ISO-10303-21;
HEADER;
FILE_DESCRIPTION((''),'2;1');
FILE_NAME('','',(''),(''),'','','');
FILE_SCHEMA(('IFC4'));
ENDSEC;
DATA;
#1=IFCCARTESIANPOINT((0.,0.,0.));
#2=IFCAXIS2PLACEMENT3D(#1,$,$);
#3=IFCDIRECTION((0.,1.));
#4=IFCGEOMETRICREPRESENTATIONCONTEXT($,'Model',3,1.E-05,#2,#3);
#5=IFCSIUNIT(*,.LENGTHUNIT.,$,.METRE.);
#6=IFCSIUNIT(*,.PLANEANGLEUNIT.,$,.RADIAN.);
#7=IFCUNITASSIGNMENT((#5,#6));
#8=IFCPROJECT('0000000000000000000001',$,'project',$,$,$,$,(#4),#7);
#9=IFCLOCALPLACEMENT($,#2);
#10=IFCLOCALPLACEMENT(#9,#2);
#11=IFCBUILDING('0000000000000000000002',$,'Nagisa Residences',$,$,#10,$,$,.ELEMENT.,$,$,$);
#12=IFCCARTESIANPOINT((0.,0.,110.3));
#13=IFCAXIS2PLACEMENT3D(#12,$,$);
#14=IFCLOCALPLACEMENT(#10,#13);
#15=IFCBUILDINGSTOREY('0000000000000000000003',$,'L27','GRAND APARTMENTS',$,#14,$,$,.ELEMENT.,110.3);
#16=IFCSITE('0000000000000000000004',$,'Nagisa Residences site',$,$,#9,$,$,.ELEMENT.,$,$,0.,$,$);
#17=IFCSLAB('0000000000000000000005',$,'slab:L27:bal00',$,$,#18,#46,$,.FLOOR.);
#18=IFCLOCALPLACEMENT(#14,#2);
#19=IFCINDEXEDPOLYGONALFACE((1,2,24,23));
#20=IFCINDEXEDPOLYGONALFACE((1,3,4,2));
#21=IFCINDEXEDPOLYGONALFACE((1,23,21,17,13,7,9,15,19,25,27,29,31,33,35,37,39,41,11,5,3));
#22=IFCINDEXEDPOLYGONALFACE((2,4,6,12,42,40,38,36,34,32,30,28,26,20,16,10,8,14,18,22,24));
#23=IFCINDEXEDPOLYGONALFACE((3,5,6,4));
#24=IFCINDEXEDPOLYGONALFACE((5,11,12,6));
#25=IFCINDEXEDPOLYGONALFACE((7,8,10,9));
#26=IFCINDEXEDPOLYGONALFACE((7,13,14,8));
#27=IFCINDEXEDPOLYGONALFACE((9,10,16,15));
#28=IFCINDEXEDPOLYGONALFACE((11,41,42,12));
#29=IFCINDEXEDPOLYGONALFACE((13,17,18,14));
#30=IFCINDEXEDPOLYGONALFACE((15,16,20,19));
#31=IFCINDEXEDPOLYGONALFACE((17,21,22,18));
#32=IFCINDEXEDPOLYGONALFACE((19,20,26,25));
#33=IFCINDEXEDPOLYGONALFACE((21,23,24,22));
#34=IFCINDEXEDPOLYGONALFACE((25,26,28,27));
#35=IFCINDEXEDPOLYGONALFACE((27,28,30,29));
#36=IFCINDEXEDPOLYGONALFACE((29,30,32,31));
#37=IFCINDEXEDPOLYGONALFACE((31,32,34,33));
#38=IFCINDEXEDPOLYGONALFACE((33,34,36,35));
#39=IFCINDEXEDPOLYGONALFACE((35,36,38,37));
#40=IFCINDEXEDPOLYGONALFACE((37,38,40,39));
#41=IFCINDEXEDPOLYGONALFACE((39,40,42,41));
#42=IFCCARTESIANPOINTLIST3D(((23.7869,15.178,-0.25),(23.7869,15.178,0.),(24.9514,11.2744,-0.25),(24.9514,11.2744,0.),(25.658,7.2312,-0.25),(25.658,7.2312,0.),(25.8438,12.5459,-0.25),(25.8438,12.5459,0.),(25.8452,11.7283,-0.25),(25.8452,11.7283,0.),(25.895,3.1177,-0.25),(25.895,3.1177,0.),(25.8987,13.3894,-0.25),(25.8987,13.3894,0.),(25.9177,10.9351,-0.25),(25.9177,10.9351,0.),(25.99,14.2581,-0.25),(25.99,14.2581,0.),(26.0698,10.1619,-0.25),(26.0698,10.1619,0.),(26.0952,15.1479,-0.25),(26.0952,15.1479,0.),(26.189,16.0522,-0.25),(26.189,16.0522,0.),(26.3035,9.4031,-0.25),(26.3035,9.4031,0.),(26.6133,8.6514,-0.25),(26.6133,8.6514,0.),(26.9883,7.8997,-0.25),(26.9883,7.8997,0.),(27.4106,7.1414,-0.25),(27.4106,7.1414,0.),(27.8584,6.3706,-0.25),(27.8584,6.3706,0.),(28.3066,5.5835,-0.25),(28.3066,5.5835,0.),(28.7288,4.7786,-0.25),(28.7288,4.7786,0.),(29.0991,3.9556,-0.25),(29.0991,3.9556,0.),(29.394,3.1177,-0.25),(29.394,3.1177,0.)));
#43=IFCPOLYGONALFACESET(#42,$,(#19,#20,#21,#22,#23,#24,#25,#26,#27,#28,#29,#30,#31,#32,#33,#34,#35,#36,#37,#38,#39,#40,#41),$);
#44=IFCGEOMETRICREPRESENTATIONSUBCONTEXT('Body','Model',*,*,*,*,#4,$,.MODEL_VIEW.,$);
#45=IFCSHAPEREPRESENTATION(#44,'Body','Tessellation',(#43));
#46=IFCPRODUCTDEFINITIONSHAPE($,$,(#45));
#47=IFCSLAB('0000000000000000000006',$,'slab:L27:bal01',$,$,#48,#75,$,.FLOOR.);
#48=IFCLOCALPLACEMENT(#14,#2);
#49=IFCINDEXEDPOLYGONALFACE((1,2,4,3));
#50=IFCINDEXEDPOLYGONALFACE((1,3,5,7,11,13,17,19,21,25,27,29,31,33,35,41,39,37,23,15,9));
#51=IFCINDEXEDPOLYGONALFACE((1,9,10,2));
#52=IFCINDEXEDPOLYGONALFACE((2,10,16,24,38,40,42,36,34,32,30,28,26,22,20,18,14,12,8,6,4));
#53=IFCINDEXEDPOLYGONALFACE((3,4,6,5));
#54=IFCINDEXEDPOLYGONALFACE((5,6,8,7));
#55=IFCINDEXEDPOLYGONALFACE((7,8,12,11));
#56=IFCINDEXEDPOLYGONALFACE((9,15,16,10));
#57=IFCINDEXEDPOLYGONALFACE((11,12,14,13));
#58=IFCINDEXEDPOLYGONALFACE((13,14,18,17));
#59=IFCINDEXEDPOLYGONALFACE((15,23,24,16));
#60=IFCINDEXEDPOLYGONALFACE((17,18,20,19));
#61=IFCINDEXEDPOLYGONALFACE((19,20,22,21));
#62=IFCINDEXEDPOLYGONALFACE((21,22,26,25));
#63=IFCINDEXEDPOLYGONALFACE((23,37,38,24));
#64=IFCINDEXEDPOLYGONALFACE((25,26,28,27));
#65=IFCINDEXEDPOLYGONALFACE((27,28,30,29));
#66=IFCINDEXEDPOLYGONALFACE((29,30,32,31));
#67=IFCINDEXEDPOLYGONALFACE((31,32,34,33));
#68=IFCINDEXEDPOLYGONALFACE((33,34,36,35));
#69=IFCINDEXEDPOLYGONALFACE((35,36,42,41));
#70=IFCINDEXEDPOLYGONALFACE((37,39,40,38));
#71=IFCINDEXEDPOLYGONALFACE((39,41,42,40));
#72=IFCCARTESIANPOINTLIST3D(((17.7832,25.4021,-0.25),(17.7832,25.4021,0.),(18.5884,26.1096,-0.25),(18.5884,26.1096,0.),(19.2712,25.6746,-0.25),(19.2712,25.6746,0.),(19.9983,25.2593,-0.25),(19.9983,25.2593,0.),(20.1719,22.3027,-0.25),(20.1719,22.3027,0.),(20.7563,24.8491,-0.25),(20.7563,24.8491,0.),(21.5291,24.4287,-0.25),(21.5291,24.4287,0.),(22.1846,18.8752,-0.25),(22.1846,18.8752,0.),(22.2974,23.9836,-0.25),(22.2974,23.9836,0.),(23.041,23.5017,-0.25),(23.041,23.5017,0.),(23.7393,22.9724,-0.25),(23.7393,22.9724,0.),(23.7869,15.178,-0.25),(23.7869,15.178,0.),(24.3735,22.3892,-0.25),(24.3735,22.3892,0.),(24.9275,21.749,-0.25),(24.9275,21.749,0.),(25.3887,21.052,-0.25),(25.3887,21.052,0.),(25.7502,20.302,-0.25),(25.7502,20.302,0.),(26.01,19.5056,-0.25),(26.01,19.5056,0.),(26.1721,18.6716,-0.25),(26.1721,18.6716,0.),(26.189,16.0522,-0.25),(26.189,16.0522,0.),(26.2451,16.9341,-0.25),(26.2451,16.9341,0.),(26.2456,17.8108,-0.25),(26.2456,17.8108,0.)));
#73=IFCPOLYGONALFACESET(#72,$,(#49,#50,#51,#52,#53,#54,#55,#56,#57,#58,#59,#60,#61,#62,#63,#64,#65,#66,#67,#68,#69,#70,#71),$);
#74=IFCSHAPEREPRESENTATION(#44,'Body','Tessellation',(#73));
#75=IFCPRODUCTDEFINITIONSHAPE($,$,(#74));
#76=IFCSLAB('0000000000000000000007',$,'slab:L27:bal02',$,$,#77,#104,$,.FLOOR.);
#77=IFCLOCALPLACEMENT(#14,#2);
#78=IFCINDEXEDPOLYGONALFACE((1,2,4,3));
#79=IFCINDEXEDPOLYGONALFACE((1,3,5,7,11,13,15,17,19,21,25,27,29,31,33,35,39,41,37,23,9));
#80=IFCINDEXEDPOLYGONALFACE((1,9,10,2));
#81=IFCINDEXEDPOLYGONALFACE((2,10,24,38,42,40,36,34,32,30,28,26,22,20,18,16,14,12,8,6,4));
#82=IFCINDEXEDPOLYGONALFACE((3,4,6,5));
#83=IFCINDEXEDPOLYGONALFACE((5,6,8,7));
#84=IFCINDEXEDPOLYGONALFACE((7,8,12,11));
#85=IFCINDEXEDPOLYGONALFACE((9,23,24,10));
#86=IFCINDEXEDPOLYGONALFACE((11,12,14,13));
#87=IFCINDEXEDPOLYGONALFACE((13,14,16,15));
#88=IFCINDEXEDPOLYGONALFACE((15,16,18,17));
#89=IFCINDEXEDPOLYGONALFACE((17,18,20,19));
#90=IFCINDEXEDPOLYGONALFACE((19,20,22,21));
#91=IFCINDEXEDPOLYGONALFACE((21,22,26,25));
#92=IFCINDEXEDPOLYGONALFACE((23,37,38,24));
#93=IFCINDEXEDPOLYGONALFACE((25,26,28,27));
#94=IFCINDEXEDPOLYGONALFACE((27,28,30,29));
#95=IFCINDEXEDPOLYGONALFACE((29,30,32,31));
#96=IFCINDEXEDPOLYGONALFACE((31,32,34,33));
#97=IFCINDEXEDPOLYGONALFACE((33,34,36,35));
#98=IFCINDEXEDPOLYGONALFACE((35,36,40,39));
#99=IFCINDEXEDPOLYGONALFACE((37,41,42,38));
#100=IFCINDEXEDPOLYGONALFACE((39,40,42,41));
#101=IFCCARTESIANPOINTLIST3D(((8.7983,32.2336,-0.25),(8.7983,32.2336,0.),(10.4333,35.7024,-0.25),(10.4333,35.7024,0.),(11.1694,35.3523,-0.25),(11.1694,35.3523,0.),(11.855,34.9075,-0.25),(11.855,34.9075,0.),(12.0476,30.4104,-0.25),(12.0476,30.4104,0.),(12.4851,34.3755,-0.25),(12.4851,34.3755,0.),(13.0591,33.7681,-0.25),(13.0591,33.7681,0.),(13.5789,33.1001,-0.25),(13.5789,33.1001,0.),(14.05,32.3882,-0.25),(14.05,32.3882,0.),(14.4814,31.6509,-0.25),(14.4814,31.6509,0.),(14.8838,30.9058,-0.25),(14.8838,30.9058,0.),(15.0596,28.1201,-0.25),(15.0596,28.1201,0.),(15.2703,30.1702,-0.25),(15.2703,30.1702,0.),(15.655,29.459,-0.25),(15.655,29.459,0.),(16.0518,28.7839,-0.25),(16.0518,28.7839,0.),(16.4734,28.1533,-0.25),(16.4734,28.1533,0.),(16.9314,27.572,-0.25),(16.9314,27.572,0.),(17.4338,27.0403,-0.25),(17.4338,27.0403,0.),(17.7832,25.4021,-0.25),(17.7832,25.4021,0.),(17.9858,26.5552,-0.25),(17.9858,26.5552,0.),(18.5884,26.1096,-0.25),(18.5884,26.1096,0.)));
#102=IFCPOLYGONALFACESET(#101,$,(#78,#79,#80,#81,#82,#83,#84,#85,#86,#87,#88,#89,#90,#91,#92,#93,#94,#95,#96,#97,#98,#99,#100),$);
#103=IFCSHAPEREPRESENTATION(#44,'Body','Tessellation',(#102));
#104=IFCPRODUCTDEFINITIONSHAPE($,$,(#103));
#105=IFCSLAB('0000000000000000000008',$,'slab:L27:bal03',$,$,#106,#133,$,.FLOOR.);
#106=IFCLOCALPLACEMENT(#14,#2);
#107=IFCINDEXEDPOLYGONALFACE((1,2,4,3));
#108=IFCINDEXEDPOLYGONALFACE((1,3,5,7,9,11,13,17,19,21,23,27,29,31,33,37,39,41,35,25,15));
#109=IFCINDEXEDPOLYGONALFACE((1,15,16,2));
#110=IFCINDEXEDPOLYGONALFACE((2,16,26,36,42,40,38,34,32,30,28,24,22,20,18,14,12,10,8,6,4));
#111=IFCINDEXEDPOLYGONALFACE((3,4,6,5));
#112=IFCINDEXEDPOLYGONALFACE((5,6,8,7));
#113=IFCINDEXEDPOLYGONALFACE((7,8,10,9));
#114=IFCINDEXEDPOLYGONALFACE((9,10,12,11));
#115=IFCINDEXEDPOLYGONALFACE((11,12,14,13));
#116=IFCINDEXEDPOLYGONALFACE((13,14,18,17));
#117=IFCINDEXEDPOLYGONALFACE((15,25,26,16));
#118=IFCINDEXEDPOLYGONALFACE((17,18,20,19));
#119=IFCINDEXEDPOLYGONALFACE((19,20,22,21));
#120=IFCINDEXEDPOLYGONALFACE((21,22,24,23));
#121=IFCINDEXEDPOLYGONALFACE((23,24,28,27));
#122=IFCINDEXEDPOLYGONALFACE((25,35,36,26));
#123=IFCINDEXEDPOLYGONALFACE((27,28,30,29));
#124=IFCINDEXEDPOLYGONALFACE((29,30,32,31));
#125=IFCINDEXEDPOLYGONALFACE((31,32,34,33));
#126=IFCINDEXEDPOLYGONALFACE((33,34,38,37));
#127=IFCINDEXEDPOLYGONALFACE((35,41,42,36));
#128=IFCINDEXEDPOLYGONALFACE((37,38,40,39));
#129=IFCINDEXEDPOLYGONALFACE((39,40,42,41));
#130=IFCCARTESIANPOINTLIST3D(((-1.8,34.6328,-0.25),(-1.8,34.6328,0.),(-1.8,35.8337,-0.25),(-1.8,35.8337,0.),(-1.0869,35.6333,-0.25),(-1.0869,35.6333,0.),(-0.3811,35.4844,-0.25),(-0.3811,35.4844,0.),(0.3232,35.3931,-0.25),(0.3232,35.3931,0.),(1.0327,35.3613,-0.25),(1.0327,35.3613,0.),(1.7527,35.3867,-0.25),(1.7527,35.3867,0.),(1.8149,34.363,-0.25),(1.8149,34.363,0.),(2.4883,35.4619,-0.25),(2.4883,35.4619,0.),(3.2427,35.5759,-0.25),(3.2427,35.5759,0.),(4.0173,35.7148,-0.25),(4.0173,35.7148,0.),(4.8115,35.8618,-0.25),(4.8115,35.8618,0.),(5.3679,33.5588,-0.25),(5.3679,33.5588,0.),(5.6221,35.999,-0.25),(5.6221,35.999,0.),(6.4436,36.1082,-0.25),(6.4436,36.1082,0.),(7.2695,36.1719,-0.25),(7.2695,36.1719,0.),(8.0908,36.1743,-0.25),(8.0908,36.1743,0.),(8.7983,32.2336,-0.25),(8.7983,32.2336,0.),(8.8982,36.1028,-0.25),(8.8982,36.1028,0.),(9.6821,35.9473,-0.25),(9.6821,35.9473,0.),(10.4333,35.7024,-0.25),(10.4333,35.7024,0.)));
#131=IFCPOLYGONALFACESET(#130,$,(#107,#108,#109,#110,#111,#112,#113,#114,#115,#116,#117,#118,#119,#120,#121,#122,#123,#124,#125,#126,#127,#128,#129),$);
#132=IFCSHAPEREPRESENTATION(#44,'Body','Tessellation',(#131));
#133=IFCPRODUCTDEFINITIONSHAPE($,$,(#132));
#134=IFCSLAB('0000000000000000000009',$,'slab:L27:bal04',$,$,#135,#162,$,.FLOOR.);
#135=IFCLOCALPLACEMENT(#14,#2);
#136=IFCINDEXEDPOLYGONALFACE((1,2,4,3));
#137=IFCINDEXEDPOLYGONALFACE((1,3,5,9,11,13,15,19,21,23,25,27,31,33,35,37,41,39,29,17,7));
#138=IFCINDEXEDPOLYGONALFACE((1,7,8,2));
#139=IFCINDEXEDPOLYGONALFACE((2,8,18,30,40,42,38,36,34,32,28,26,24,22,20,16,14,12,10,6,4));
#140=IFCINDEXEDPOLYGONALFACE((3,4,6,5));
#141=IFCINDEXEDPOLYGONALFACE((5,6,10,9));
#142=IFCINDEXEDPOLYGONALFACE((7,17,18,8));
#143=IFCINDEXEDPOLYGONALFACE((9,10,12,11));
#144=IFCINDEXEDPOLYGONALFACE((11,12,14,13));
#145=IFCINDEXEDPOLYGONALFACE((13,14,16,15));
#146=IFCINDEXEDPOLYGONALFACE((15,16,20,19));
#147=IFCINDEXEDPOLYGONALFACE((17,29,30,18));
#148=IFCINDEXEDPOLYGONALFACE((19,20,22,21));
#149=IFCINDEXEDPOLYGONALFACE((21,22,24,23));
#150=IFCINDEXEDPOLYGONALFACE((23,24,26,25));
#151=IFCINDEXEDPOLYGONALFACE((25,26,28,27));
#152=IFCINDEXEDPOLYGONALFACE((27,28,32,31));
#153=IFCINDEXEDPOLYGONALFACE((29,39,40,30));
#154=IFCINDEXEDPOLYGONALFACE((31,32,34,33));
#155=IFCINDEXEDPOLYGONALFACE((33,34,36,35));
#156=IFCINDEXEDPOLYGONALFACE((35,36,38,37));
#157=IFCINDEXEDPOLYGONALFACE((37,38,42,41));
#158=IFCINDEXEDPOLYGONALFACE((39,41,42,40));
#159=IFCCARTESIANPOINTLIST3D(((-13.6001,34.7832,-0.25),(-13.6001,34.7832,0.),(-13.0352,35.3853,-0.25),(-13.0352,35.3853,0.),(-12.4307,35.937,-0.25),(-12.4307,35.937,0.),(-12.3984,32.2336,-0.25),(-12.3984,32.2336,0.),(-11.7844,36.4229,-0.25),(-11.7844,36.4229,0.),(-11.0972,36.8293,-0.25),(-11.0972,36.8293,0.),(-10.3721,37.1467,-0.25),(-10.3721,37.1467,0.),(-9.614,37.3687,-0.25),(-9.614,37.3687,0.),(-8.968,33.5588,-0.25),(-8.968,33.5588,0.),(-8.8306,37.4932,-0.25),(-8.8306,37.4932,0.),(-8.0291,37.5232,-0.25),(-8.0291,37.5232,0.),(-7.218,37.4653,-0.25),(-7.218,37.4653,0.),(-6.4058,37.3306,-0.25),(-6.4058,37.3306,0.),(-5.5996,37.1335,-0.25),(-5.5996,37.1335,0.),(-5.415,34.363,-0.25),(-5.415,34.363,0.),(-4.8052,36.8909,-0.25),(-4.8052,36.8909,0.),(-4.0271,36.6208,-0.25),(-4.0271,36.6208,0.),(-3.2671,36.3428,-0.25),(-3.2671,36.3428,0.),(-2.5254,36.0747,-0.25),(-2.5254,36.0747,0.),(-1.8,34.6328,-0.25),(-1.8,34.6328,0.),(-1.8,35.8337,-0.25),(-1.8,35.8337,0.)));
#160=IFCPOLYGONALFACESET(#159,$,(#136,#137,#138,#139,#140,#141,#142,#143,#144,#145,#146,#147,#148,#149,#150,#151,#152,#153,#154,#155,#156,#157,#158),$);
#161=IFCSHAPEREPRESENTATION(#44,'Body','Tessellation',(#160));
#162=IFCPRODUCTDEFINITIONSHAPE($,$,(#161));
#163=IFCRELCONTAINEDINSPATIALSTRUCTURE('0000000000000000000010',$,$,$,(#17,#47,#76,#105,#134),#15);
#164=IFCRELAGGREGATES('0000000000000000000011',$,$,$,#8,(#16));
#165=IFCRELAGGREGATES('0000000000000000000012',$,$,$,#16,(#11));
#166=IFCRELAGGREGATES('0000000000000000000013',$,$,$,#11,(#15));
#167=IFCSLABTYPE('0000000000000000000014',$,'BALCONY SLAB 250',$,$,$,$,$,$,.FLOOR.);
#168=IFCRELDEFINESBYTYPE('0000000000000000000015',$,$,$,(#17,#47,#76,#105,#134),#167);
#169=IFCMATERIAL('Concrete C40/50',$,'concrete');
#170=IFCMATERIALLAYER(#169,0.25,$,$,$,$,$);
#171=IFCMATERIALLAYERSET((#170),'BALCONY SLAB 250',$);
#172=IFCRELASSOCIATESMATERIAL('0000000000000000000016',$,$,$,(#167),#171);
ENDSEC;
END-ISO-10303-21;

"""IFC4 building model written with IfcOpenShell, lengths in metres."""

from ifc_helpers import new_model, si_unit, direction, frame, origin, place, context, subcontext, project, spatial, polyline, outline, extrude, material, layer, layer_set, type_object, element, save


model = new_model("IFC4")

# Units and contexts
model_context = context("Model", 3, precision=1e-05, world=origin(), true_north=direction((0.0, 1.0)))
body_context = subcontext(model_context, "Body", "Model", "MODEL_VIEW")
ifc_project = project(units=[si_unit("LENGTHUNIT", "METRE"), si_unit("PLANEANGLEUNIT", "RADIAN")], contexts=[model_context])

# Site, building, storey
site_placement = place(None, origin())
site = spatial("IfcSite", under=ifc_project, at=site_placement, Name="Nagisa Residences site", CompositionType="ELEMENT", RefElevation=0.0)
building_placement = place(site_placement, origin())
building = spatial("IfcBuilding", under=site, at=building_placement, Name="Nagisa Residences", CompositionType="ELEMENT")
storey_placement = place(building_placement, frame((0.0, 0.0, 110.3)))
storey = spatial("IfcBuildingStorey", under=building, at=storey_placement, Name="L27", Description="GRAND APARTMENTS", CompositionType="ELEMENT", Elevation=110.3)

# Slabs
ifc_material_1 = material(Name="Concrete C40/50", Category="concrete")
ifc_layer_1 = layer(ifc_material_1, 0.25)
ifc_layer_set_1 = layer_set([ifc_layer_1], Name="BALCONY SLAB 250")
slab_type_1 = type_object("IfcSlabType", Name="BALCONY SLAB 250", PredefinedType="FLOOR", material=ifc_layer_set_1)
slab_1_placement = place(storey_placement, frame((0.0, 0.0, -0.25)))
element("IfcSlab", 1, at=slab_1_placement, inside=storey, type_object=slab_type_1, Name="slab:L27:bal00", PredefinedType="FLOOR", context=body_context, shape_type="SweptSolid", body=[
    extrude(outline(polyline([(29.394, 3.1177), (29.0991, 3.9556), (28.7288, 4.7786), (28.3066, 5.5835), (27.8584, 6.3706), (27.4106, 7.1414), (26.9883, 7.8997), (26.6133, 8.6514), (26.3035, 9.4031), (26.0698, 10.1619), (25.9177, 10.9351), (25.8452, 11.7283), (25.8438, 12.5459), (25.8987, 13.3894), (25.99, 14.2581), (26.0952, 15.1479), (26.189, 16.0522), (23.7869, 15.178), (24.9514, 11.2744), (25.658, 7.2312), (25.895, 3.1177), (29.394, 3.1177)])), origin(), (0.0, 0.0, 1.0), 0.25),
])
slab_2_placement = place(storey_placement, frame((0.0, 0.0, -0.25)))
element("IfcSlab", 2, at=slab_2_placement, inside=storey, type_object=slab_type_1, Name="slab:L27:bal01", PredefinedType="FLOOR", context=body_context, shape_type="SweptSolid", body=[
    extrude(outline(polyline([(26.189, 16.0522), (26.2451, 16.9341), (26.2456, 17.8108), (26.1721, 18.6716), (26.01, 19.5056), (25.7502, 20.302), (25.3887, 21.052), (24.9275, 21.749), (24.3735, 22.3892), (23.7393, 22.9724), (23.041, 23.5017), (22.2974, 23.9836), (21.5291, 24.4287), (20.7563, 24.8491), (19.9983, 25.2593), (19.2712, 25.6746), (18.5884, 26.1096), (17.7832, 25.4021), (20.1719, 22.3027), (22.1846, 18.8752), (23.7869, 15.178), (26.189, 16.0522)])), origin(), (0.0, 0.0, 1.0), 0.25),
])
slab_3_placement = place(storey_placement, frame((0.0, 0.0, -0.25)))
element("IfcSlab", 3, at=slab_3_placement, inside=storey, type_object=slab_type_1, Name="slab:L27:bal02", PredefinedType="FLOOR", context=body_context, shape_type="SweptSolid", body=[
    extrude(outline(polyline([(18.5884, 26.1096), (17.9858, 26.5552), (17.4338, 27.0403), (16.9314, 27.572), (16.4734, 28.1533), (16.0518, 28.7839), (15.655, 29.459), (15.2703, 30.1702), (14.8838, 30.9058), (14.4814, 31.6509), (14.05, 32.3882), (13.5789, 33.1001), (13.0591, 33.7681), (12.4851, 34.3755), (11.855, 34.9075), (11.1694, 35.3523), (10.4333, 35.7024), (8.7983, 32.2336), (12.0476, 30.4104), (15.0596, 28.1201), (17.7832, 25.4021), (18.5884, 26.1096)])), origin(), (0.0, 0.0, 1.0), 0.25),
])
slab_4_placement = place(storey_placement, frame((0.0, 0.0, -0.25)))
element("IfcSlab", 4, at=slab_4_placement, inside=storey, type_object=slab_type_1, Name="slab:L27:bal03", PredefinedType="FLOOR", context=body_context, shape_type="SweptSolid", body=[
    extrude(outline(polyline([(10.4333, 35.7024), (9.6821, 35.9473), (8.8982, 36.1028), (8.0908, 36.1743), (7.2695, 36.1719), (6.4436, 36.1082), (5.6221, 35.999), (4.8115, 35.8618), (4.0173, 35.7148), (3.2427, 35.5759), (2.4883, 35.4619), (1.7527, 35.3867), (1.0327, 35.3613), (0.3232, 35.3931), (-0.3811, 35.4844), (-1.0869, 35.6333), (-1.8, 35.8337), (-1.8, 34.6328), (1.8149, 34.363), (5.3679, 33.5588), (8.7983, 32.2336), (10.4333, 35.7024)])), origin(), (0.0, 0.0, 1.0), 0.25),
])
slab_5_placement = place(storey_placement, frame((0.0, 0.0, -0.25)))
element("IfcSlab", 5, at=slab_5_placement, inside=storey, type_object=slab_type_1, Name="slab:L27:bal04", PredefinedType="FLOOR", context=body_context, shape_type="SweptSolid", body=[
    extrude(outline(polyline([(-1.8, 35.8337), (-2.5254, 36.0747), (-3.2671, 36.3428), (-4.0271, 36.6208), (-4.8052, 36.8909), (-5.5996, 37.1335), (-6.4058, 37.3306), (-7.218, 37.4653), (-8.0291, 37.5232), (-8.8306, 37.4932), (-9.614, 37.3687), (-10.3721, 37.1467), (-11.0972, 36.8293), (-11.7844, 36.4229), (-12.4307, 35.937), (-13.0352, 35.3853), (-13.6001, 34.7832), (-12.3984, 32.2336), (-8.968, 33.5588), (-5.415, 34.363), (-1.8, 34.6328), (-1.8, 35.8337)])), origin(), (0.0, 0.0, 1.0), 0.25),
])

save(model, "model.ifc")
